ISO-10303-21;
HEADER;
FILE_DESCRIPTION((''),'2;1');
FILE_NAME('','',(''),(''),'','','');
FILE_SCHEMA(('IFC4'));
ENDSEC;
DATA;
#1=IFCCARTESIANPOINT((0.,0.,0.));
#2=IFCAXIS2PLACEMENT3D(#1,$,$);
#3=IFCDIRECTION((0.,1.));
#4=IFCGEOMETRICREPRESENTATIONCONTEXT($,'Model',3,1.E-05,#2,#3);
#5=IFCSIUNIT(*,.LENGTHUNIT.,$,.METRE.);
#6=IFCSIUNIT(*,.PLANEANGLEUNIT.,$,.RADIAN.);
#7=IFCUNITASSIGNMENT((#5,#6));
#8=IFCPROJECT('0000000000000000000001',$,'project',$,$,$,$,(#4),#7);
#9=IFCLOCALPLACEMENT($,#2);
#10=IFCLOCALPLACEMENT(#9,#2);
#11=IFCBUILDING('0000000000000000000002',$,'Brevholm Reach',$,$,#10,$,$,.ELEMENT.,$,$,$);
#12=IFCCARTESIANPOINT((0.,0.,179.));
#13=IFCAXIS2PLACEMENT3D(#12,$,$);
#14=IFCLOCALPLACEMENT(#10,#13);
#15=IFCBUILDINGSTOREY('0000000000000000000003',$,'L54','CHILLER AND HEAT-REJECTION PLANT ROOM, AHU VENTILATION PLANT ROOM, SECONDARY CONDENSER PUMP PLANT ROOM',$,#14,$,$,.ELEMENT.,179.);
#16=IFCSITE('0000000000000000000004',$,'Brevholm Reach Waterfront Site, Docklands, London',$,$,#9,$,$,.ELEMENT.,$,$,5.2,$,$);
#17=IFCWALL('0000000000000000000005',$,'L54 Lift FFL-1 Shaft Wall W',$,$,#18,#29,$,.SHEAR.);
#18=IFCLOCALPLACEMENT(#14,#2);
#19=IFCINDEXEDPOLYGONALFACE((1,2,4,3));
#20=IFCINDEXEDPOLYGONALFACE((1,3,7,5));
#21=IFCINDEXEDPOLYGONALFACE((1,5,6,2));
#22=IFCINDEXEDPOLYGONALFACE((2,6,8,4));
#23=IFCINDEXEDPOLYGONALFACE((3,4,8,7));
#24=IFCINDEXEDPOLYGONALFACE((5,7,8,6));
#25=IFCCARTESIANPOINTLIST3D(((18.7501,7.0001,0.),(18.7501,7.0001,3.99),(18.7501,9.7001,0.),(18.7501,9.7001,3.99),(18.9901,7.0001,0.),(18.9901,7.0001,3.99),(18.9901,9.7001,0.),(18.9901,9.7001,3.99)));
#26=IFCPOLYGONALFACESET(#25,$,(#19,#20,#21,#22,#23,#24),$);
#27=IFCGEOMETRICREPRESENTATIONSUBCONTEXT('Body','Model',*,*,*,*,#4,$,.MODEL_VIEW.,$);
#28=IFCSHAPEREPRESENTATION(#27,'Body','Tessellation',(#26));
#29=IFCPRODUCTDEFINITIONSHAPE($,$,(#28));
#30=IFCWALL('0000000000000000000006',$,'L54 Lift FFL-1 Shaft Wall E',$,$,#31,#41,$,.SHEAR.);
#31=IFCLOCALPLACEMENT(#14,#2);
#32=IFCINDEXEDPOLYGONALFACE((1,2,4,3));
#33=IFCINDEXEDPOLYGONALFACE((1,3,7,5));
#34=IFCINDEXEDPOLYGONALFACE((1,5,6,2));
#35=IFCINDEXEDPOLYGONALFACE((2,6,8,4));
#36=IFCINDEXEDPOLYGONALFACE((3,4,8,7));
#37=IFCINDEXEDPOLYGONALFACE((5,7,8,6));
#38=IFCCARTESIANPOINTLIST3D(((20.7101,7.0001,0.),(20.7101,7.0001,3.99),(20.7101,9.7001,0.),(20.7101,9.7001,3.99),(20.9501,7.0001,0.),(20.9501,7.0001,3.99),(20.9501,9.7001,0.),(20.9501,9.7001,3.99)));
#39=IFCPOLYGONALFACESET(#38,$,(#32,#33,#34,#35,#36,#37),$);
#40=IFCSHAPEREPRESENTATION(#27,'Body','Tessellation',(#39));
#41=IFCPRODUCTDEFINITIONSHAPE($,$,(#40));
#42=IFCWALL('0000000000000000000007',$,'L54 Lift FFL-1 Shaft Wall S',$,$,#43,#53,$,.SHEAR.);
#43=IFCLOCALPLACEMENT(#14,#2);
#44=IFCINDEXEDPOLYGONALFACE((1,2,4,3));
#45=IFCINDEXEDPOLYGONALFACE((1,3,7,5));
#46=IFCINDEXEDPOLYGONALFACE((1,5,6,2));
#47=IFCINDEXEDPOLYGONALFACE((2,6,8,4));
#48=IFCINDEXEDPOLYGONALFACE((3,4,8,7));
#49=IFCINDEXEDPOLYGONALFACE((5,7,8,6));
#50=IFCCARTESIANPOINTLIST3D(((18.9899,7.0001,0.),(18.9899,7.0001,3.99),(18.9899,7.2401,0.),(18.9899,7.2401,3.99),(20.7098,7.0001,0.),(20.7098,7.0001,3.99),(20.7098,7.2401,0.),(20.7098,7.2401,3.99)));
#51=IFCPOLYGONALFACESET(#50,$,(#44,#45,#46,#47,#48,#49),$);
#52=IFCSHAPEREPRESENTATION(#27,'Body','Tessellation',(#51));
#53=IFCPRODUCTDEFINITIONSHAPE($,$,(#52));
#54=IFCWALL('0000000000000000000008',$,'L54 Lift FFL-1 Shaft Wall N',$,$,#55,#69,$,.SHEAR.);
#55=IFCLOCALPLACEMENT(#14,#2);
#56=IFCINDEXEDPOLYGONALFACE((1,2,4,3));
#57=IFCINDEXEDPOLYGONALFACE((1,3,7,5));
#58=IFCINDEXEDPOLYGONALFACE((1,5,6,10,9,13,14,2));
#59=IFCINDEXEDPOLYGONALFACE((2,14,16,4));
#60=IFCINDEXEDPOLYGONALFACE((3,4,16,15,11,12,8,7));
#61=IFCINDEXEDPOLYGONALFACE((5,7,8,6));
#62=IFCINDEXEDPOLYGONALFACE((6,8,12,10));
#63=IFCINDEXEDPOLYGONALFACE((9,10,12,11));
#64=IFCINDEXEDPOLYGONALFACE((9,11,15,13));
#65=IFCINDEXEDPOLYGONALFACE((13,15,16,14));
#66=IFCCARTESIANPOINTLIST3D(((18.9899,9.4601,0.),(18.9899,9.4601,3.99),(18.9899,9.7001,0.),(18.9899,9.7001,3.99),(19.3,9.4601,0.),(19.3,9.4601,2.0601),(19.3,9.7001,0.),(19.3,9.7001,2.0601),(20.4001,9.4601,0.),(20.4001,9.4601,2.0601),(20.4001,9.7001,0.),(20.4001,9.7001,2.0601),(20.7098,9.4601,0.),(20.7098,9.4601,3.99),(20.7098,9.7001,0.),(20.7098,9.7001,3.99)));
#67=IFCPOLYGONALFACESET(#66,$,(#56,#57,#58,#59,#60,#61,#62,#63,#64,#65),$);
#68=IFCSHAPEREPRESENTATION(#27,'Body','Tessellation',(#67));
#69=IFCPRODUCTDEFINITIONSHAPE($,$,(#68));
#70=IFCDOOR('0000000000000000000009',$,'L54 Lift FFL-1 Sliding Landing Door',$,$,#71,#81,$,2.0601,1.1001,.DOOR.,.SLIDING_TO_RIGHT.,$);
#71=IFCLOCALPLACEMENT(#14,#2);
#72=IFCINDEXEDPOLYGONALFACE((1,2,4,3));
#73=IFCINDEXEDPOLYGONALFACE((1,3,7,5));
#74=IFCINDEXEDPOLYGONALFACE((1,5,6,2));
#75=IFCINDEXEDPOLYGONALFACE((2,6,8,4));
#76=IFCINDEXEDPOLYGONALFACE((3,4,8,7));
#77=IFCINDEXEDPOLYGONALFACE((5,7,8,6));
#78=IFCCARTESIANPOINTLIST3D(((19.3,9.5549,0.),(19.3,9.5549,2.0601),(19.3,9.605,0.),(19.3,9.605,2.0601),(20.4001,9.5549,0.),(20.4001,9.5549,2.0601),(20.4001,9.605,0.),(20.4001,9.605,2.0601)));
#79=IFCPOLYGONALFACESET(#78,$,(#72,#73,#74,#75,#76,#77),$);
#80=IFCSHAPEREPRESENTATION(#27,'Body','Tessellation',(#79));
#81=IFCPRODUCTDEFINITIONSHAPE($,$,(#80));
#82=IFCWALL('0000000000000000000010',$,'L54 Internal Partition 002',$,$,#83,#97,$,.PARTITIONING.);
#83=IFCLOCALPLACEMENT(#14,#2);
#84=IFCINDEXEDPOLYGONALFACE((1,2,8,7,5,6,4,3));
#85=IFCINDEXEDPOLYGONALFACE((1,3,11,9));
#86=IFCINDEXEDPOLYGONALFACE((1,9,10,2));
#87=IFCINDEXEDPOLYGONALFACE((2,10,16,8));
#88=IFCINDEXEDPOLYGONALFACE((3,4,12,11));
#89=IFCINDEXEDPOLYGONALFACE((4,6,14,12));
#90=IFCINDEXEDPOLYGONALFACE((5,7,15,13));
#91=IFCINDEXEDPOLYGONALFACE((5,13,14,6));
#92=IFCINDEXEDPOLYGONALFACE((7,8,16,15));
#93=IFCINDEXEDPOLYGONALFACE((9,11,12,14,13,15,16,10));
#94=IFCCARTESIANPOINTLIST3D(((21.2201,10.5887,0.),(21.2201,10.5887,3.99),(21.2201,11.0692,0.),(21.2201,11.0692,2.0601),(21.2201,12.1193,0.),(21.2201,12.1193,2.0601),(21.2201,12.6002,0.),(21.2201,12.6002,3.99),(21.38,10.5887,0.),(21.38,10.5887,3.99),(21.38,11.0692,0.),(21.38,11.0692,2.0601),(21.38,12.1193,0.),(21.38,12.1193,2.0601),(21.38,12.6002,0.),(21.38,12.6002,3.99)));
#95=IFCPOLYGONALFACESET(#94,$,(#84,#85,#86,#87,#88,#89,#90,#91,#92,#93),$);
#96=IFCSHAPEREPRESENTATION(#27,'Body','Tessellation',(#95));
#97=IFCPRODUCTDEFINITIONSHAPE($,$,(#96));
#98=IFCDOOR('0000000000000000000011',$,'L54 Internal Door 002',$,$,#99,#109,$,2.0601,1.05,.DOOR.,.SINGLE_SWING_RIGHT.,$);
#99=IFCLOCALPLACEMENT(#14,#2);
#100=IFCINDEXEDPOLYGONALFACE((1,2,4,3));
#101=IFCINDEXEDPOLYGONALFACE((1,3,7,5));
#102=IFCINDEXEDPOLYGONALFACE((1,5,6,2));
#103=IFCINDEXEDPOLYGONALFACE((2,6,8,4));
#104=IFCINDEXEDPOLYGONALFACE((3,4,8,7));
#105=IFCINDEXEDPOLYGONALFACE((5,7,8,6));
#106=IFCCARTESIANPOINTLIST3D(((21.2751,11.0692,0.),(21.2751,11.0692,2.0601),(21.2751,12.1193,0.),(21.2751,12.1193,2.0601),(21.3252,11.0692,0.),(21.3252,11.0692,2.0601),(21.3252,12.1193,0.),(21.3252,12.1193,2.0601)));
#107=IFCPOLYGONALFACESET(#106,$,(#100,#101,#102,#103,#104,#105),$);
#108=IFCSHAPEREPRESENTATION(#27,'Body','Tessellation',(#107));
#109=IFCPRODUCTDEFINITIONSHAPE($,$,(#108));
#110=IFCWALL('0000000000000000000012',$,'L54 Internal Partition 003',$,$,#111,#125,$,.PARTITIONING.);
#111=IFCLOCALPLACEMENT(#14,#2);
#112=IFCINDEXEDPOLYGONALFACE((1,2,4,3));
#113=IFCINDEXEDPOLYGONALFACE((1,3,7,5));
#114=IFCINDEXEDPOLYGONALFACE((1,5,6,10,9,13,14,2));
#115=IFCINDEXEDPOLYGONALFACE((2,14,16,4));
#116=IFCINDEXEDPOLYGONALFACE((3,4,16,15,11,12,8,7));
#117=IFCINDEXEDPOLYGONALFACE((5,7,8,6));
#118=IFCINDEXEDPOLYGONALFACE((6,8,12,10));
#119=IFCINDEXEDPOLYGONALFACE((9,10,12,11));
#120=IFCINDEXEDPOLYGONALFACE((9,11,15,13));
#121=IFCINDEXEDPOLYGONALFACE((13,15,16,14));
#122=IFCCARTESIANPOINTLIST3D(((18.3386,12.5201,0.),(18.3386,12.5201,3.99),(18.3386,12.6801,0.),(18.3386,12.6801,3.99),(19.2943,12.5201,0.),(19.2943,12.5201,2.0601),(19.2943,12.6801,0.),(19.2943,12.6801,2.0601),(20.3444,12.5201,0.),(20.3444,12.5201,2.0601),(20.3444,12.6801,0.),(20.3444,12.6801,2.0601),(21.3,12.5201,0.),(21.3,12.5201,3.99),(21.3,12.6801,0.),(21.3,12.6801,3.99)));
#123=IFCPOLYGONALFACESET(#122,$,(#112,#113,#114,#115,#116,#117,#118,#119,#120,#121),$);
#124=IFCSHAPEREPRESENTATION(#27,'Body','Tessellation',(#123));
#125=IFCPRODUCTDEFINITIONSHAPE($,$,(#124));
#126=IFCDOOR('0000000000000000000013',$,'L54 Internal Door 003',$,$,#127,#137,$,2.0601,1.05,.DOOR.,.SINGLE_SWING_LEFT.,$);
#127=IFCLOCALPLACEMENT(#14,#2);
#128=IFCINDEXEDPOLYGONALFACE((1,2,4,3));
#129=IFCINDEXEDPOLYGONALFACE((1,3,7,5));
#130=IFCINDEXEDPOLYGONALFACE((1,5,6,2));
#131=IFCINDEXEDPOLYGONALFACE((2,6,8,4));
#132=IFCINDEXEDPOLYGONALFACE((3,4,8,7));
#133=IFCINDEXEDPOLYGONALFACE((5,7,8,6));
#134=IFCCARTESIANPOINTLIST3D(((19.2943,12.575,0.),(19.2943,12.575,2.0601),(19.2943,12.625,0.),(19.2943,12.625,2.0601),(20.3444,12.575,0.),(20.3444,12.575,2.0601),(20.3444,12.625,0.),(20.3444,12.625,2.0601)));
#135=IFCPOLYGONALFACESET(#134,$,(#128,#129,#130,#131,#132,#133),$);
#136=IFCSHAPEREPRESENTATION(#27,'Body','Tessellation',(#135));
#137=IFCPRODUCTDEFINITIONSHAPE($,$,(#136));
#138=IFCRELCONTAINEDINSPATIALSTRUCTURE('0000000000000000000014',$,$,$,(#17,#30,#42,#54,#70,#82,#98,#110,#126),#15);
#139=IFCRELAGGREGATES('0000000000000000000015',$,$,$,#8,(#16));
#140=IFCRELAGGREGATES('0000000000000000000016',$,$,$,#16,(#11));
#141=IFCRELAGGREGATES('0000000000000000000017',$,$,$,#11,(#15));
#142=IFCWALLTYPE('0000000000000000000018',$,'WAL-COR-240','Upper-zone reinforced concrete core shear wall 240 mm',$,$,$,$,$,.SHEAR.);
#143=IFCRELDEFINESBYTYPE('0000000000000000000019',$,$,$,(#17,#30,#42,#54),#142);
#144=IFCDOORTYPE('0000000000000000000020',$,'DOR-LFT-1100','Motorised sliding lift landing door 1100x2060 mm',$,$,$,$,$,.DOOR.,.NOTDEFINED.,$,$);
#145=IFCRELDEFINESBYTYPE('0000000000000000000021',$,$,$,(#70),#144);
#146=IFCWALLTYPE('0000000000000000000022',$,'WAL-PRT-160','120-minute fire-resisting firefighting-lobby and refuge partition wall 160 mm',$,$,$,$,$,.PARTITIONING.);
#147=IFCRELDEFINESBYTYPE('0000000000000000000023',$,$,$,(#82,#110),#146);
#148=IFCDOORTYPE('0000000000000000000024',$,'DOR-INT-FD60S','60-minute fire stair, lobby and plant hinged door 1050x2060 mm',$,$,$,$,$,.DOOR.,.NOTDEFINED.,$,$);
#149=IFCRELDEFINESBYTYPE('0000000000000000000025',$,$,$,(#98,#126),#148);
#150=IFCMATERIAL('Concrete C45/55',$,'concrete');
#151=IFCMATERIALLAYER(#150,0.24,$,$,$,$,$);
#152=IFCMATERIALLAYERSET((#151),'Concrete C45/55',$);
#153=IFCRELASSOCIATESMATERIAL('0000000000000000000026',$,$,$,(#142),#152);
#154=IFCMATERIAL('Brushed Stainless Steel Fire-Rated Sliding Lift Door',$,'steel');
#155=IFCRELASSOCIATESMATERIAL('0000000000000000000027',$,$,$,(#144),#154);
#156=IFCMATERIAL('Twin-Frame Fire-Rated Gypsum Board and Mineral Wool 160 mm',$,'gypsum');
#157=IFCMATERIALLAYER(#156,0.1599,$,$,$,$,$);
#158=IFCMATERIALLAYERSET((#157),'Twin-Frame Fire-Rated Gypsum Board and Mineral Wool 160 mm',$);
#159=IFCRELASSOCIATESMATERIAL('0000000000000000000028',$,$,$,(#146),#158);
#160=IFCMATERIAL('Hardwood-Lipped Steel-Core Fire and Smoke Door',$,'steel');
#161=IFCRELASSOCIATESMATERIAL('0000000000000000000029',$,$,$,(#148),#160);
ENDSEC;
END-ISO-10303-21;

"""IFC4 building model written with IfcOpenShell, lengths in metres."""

from ifc_helpers import new_model, si_unit, direction, frame, frame_2d, origin, place, context, subcontext, project, spatial, rectangle, extrude, material, layer, layer_set, type_object, element, fill, save


model = new_model("IFC4")

# Units and contexts
model_context = context("Model", 3, precision=1e-05, world=origin(), true_north=direction((0.0, 1.0)))
body_context = subcontext(model_context, "Body", "Model", "MODEL_VIEW")
ifc_project = project(units=[si_unit("LENGTHUNIT", "METRE"), si_unit("PLANEANGLEUNIT", "RADIAN")], contexts=[model_context])

# Site, building, storey
site_placement = place(None, origin())
site = spatial("IfcSite", under=ifc_project, at=site_placement, Name="Brevholm Reach Waterfront Site, Docklands, London", CompositionType="ELEMENT", RefElevation=5.2)
building_placement = place(site_placement, origin())
building = spatial("IfcBuilding", under=site, at=building_placement, Name="Brevholm Reach", CompositionType="ELEMENT")
storey_placement = place(building_placement, frame((0.0, 0.0, 179.0)))
storey = spatial("IfcBuildingStorey", under=building, at=storey_placement, Name="L54", Description="CHILLER AND HEAT-REJECTION PLANT ROOM, AHU VENTILATION PLANT ROOM, SECONDARY CONDENSER PUMP PLANT ROOM", CompositionType="ELEMENT", Elevation=179.0)

# Walls
ifc_material_1 = material(Name="Concrete C45/55", Category="concrete")
ifc_layer_1 = layer(ifc_material_1, 0.24)
ifc_layer_set_1 = layer_set([ifc_layer_1], Name="Concrete C45/55")
wall_type_1 = type_object("IfcWallType", Name="WAL-COR-240", Description="Upper-zone reinforced concrete core shear wall 240 mm", PredefinedType="SHEAR", material=ifc_layer_set_1)
for number, where, z_axis, x_axis, name in (
    (1, (18.8701, 7.0, 0.0), (0.0, 0.0, 1.0), (0.0, 1.0, 0.0), "L54 Lift FFL-1 Shaft Wall W"),
    (2, (20.8301, 7.0, 0.0), (0.0, 0.0, 1.0), (0.0, 1.0, 0.0), "L54 Lift FFL-1 Shaft Wall E"),
):
    element("IfcWall", number, at=place(storey_placement, frame(where, z_axis=z_axis, x_axis=x_axis)), inside=storey, type_object=wall_type_1, Name=name, PredefinedType="SHEAR", context=body_context, shape_type="SweptSolid", body=[
        extrude(rectangle(XDim=2.7, YDim=0.24, at=frame_2d((1.3501, 0.0))), origin(), (0.0, 0.0, 1.0), 3.99),
    ])
wall_1_placement = place(storey_placement, frame((18.99, 7.1201, 0.0), z_axis=(0.0, 0.0, 1.0), x_axis=(1.0, 0.0, 0.0)))
element("IfcWall", 3, at=wall_1_placement, inside=storey, type_object=wall_type_1, Name="L54 Lift FFL-1 Shaft Wall S", PredefinedType="SHEAR", context=body_context, shape_type="SweptSolid", body=[
    extrude(rectangle(XDim=1.72, YDim=0.24, at=frame_2d((0.8599, 0.0))), origin(), (0.0, 0.0, 1.0), 3.99),
])

# Walls, openings, doors
wall_2_placement = place(storey_placement, frame((18.99, 9.5801, 0.0), z_axis=(0.0, 0.0, 1.0), x_axis=(1.0, 0.0, 0.0)))
wall_2 = element("IfcWall", 4, at=wall_2_placement, inside=storey, type_object=wall_type_1, Name="L54 Lift FFL-1 Shaft Wall N", PredefinedType="SHEAR", context=body_context, shape_type="SweptSolid", body=[
    extrude(rectangle(XDim=1.72, YDim=0.24, at=frame_2d((0.8599, 0.0))), origin(), (0.0, 0.0, 1.0), 3.99),
])
opening_1_placement = place(wall_2_placement, frame((0.3101, 0.0, 0.0)))
opening_1 = element("IfcOpeningElement", 5, at=opening_1_placement, cuts=wall_2, PredefinedType="OPENING", context=body_context, shape_type="SweptSolid", body=[
    extrude(rectangle(XDim=1.1001, YDim=2.0601, at=frame_2d((0.55, 1.03))), frame((0.0, 0.1299, 0.0), z_axis=(0.0, -1.0, 0.0), x_axis=(1.0, 0.0, 0.0)), (0.0, 0.0, 1.0), 0.26),
])
ifc_material_2 = material(Name="Brushed Stainless Steel Fire-Rated Sliding Lift Door", Category="steel")
door_type_1 = type_object("IfcDoorType", Name="DOR-LFT-1100", Description="Motorised sliding lift landing door 1100x2060 mm", OperationType="NOTDEFINED", PredefinedType="DOOR", material=ifc_material_2)
door_1_placement = place(opening_1_placement, origin())
door_1 = element("IfcDoor", 6, at=door_1_placement, inside=storey, type_object=door_type_1, Name="L54 Lift FFL-1 Sliding Landing Door", OperationType="SLIDING_TO_RIGHT", OverallHeight=2.0601, OverallWidth=1.1001, PredefinedType="DOOR", context=body_context, shape_type="SweptSolid", body=[
    extrude(rectangle(XDim=1.1001, YDim=2.0601, at=frame_2d((0.55, 1.03))), frame((0.0, 0.0249, 0.0), z_axis=(0.0, -1.0, 0.0), x_axis=(1.0, 0.0, 0.0)), (0.0, 0.0, 1.0), 0.05),
])
fill(opening_1, door_1)
ifc_material_3 = material(Name="Twin-Frame Fire-Rated Gypsum Board and Mineral Wool 160 mm", Category="gypsum")
ifc_layer_2 = layer(ifc_material_3, 0.1599)
ifc_layer_set_2 = layer_set([ifc_layer_2], Name="Twin-Frame Fire-Rated Gypsum Board and Mineral Wool 160 mm")
wall_type_2 = type_object("IfcWallType", Name="WAL-PRT-160", Description="120-minute fire-resisting firefighting-lobby and refuge partition wall 160 mm", PredefinedType="PARTITIONING", material=ifc_layer_set_2)
wall_3_placement = place(storey_placement, frame((21.3, 10.5886, 0.0), z_axis=(0.0, 0.0, 1.0), x_axis=(0.0, 1.0, 0.0)))
wall_3 = element("IfcWall", 7, at=wall_3_placement, inside=storey, type_object=wall_type_2, Name="L54 Internal Partition 002", PredefinedType="PARTITIONING", context=body_context, shape_type="SweptSolid", body=[
    extrude(rectangle(XDim=2.0115, YDim=0.1599, at=frame_2d((1.0059, 0.0))), origin(), (0.0, 0.0, 1.0), 3.99),
])
opening_2_placement = place(wall_3_placement, frame((0.4807, 0.0, 0.0)))
opening_2 = element("IfcOpeningElement", 8, at=opening_2_placement, cuts=wall_3, PredefinedType="OPENING", context=body_context, shape_type="SweptSolid", body=[
    extrude(rectangle(XDim=1.05, YDim=2.0601, at=frame_2d((0.5249, 1.03))), frame((0.0, 0.0898, 0.0), z_axis=(0.0, -1.0, 0.0), x_axis=(1.0, 0.0, 0.0)), (0.0, 0.0, 1.0), 0.1799),
])
ifc_material_4 = material(Name="Hardwood-Lipped Steel-Core Fire and Smoke Door", Category="steel")
door_type_2 = type_object("IfcDoorType", Name="DOR-INT-FD60S", Description="60-minute fire stair, lobby and plant hinged door 1050x2060 mm", OperationType="NOTDEFINED", PredefinedType="DOOR", material=ifc_material_4)
door_2_placement = place(opening_2_placement, origin())
door_2 = element("IfcDoor", 9, at=door_2_placement, inside=storey, type_object=door_type_2, Name="L54 Internal Door 002", OperationType="SINGLE_SWING_RIGHT", OverallHeight=2.0601, OverallWidth=1.05, PredefinedType="DOOR", context=body_context, shape_type="SweptSolid", body=[
    extrude(rectangle(XDim=1.05, YDim=2.0601, at=frame_2d((0.5249, 1.03))), frame((0.0, 0.0249, 0.0), z_axis=(0.0, -1.0, 0.0), x_axis=(1.0, 0.0, 0.0)), (0.0, 0.0, 1.0), 0.05),
])
fill(opening_2, door_2)
wall_4_placement = place(storey_placement, frame((18.3386, 12.6001, 0.0), z_axis=(0.0, 0.0, 1.0), x_axis=(1.0, 0.0, 0.0)))
wall_4 = element("IfcWall", 10, at=wall_4_placement, inside=storey, type_object=wall_type_2, Name="L54 Internal Partition 003", PredefinedType="PARTITIONING", context=body_context, shape_type="SweptSolid", body=[
    extrude(rectangle(XDim=2.9614, YDim=0.1599, at=frame_2d((1.4807, 0.0))), origin(), (0.0, 0.0, 1.0), 3.99),
])
opening_3_placement = place(wall_4_placement, frame((0.9558, 0.0, 0.0)))
opening_3 = element("IfcOpeningElement", 11, at=opening_3_placement, cuts=wall_4, PredefinedType="OPENING", context=body_context, shape_type="SweptSolid", body=[
    extrude(rectangle(XDim=1.05, YDim=2.0601, at=frame_2d((0.5249, 1.03))), frame((0.0, 0.0898, 0.0), z_axis=(0.0, -1.0, 0.0), x_axis=(1.0, 0.0, 0.0)), (0.0, 0.0, 1.0), 0.1799),
])
door_3_placement = place(opening_3_placement, origin())
door_3 = element("IfcDoor", 12, at=door_3_placement, inside=storey, type_object=door_type_2, Name="L54 Internal Door 003", OperationType="SINGLE_SWING_LEFT", OverallHeight=2.0601, OverallWidth=1.05, PredefinedType="DOOR", context=body_context, shape_type="SweptSolid", body=[
    extrude(rectangle(XDim=1.05, YDim=2.0601, at=frame_2d((0.5249, 1.03))), frame((0.0, 0.0249, 0.0), z_axis=(0.0, -1.0, 0.0), x_axis=(1.0, 0.0, 0.0)), (0.0, 0.0, 1.0), 0.05),
])
fill(opening_3, door_3)

save(model, "model.ifc")
